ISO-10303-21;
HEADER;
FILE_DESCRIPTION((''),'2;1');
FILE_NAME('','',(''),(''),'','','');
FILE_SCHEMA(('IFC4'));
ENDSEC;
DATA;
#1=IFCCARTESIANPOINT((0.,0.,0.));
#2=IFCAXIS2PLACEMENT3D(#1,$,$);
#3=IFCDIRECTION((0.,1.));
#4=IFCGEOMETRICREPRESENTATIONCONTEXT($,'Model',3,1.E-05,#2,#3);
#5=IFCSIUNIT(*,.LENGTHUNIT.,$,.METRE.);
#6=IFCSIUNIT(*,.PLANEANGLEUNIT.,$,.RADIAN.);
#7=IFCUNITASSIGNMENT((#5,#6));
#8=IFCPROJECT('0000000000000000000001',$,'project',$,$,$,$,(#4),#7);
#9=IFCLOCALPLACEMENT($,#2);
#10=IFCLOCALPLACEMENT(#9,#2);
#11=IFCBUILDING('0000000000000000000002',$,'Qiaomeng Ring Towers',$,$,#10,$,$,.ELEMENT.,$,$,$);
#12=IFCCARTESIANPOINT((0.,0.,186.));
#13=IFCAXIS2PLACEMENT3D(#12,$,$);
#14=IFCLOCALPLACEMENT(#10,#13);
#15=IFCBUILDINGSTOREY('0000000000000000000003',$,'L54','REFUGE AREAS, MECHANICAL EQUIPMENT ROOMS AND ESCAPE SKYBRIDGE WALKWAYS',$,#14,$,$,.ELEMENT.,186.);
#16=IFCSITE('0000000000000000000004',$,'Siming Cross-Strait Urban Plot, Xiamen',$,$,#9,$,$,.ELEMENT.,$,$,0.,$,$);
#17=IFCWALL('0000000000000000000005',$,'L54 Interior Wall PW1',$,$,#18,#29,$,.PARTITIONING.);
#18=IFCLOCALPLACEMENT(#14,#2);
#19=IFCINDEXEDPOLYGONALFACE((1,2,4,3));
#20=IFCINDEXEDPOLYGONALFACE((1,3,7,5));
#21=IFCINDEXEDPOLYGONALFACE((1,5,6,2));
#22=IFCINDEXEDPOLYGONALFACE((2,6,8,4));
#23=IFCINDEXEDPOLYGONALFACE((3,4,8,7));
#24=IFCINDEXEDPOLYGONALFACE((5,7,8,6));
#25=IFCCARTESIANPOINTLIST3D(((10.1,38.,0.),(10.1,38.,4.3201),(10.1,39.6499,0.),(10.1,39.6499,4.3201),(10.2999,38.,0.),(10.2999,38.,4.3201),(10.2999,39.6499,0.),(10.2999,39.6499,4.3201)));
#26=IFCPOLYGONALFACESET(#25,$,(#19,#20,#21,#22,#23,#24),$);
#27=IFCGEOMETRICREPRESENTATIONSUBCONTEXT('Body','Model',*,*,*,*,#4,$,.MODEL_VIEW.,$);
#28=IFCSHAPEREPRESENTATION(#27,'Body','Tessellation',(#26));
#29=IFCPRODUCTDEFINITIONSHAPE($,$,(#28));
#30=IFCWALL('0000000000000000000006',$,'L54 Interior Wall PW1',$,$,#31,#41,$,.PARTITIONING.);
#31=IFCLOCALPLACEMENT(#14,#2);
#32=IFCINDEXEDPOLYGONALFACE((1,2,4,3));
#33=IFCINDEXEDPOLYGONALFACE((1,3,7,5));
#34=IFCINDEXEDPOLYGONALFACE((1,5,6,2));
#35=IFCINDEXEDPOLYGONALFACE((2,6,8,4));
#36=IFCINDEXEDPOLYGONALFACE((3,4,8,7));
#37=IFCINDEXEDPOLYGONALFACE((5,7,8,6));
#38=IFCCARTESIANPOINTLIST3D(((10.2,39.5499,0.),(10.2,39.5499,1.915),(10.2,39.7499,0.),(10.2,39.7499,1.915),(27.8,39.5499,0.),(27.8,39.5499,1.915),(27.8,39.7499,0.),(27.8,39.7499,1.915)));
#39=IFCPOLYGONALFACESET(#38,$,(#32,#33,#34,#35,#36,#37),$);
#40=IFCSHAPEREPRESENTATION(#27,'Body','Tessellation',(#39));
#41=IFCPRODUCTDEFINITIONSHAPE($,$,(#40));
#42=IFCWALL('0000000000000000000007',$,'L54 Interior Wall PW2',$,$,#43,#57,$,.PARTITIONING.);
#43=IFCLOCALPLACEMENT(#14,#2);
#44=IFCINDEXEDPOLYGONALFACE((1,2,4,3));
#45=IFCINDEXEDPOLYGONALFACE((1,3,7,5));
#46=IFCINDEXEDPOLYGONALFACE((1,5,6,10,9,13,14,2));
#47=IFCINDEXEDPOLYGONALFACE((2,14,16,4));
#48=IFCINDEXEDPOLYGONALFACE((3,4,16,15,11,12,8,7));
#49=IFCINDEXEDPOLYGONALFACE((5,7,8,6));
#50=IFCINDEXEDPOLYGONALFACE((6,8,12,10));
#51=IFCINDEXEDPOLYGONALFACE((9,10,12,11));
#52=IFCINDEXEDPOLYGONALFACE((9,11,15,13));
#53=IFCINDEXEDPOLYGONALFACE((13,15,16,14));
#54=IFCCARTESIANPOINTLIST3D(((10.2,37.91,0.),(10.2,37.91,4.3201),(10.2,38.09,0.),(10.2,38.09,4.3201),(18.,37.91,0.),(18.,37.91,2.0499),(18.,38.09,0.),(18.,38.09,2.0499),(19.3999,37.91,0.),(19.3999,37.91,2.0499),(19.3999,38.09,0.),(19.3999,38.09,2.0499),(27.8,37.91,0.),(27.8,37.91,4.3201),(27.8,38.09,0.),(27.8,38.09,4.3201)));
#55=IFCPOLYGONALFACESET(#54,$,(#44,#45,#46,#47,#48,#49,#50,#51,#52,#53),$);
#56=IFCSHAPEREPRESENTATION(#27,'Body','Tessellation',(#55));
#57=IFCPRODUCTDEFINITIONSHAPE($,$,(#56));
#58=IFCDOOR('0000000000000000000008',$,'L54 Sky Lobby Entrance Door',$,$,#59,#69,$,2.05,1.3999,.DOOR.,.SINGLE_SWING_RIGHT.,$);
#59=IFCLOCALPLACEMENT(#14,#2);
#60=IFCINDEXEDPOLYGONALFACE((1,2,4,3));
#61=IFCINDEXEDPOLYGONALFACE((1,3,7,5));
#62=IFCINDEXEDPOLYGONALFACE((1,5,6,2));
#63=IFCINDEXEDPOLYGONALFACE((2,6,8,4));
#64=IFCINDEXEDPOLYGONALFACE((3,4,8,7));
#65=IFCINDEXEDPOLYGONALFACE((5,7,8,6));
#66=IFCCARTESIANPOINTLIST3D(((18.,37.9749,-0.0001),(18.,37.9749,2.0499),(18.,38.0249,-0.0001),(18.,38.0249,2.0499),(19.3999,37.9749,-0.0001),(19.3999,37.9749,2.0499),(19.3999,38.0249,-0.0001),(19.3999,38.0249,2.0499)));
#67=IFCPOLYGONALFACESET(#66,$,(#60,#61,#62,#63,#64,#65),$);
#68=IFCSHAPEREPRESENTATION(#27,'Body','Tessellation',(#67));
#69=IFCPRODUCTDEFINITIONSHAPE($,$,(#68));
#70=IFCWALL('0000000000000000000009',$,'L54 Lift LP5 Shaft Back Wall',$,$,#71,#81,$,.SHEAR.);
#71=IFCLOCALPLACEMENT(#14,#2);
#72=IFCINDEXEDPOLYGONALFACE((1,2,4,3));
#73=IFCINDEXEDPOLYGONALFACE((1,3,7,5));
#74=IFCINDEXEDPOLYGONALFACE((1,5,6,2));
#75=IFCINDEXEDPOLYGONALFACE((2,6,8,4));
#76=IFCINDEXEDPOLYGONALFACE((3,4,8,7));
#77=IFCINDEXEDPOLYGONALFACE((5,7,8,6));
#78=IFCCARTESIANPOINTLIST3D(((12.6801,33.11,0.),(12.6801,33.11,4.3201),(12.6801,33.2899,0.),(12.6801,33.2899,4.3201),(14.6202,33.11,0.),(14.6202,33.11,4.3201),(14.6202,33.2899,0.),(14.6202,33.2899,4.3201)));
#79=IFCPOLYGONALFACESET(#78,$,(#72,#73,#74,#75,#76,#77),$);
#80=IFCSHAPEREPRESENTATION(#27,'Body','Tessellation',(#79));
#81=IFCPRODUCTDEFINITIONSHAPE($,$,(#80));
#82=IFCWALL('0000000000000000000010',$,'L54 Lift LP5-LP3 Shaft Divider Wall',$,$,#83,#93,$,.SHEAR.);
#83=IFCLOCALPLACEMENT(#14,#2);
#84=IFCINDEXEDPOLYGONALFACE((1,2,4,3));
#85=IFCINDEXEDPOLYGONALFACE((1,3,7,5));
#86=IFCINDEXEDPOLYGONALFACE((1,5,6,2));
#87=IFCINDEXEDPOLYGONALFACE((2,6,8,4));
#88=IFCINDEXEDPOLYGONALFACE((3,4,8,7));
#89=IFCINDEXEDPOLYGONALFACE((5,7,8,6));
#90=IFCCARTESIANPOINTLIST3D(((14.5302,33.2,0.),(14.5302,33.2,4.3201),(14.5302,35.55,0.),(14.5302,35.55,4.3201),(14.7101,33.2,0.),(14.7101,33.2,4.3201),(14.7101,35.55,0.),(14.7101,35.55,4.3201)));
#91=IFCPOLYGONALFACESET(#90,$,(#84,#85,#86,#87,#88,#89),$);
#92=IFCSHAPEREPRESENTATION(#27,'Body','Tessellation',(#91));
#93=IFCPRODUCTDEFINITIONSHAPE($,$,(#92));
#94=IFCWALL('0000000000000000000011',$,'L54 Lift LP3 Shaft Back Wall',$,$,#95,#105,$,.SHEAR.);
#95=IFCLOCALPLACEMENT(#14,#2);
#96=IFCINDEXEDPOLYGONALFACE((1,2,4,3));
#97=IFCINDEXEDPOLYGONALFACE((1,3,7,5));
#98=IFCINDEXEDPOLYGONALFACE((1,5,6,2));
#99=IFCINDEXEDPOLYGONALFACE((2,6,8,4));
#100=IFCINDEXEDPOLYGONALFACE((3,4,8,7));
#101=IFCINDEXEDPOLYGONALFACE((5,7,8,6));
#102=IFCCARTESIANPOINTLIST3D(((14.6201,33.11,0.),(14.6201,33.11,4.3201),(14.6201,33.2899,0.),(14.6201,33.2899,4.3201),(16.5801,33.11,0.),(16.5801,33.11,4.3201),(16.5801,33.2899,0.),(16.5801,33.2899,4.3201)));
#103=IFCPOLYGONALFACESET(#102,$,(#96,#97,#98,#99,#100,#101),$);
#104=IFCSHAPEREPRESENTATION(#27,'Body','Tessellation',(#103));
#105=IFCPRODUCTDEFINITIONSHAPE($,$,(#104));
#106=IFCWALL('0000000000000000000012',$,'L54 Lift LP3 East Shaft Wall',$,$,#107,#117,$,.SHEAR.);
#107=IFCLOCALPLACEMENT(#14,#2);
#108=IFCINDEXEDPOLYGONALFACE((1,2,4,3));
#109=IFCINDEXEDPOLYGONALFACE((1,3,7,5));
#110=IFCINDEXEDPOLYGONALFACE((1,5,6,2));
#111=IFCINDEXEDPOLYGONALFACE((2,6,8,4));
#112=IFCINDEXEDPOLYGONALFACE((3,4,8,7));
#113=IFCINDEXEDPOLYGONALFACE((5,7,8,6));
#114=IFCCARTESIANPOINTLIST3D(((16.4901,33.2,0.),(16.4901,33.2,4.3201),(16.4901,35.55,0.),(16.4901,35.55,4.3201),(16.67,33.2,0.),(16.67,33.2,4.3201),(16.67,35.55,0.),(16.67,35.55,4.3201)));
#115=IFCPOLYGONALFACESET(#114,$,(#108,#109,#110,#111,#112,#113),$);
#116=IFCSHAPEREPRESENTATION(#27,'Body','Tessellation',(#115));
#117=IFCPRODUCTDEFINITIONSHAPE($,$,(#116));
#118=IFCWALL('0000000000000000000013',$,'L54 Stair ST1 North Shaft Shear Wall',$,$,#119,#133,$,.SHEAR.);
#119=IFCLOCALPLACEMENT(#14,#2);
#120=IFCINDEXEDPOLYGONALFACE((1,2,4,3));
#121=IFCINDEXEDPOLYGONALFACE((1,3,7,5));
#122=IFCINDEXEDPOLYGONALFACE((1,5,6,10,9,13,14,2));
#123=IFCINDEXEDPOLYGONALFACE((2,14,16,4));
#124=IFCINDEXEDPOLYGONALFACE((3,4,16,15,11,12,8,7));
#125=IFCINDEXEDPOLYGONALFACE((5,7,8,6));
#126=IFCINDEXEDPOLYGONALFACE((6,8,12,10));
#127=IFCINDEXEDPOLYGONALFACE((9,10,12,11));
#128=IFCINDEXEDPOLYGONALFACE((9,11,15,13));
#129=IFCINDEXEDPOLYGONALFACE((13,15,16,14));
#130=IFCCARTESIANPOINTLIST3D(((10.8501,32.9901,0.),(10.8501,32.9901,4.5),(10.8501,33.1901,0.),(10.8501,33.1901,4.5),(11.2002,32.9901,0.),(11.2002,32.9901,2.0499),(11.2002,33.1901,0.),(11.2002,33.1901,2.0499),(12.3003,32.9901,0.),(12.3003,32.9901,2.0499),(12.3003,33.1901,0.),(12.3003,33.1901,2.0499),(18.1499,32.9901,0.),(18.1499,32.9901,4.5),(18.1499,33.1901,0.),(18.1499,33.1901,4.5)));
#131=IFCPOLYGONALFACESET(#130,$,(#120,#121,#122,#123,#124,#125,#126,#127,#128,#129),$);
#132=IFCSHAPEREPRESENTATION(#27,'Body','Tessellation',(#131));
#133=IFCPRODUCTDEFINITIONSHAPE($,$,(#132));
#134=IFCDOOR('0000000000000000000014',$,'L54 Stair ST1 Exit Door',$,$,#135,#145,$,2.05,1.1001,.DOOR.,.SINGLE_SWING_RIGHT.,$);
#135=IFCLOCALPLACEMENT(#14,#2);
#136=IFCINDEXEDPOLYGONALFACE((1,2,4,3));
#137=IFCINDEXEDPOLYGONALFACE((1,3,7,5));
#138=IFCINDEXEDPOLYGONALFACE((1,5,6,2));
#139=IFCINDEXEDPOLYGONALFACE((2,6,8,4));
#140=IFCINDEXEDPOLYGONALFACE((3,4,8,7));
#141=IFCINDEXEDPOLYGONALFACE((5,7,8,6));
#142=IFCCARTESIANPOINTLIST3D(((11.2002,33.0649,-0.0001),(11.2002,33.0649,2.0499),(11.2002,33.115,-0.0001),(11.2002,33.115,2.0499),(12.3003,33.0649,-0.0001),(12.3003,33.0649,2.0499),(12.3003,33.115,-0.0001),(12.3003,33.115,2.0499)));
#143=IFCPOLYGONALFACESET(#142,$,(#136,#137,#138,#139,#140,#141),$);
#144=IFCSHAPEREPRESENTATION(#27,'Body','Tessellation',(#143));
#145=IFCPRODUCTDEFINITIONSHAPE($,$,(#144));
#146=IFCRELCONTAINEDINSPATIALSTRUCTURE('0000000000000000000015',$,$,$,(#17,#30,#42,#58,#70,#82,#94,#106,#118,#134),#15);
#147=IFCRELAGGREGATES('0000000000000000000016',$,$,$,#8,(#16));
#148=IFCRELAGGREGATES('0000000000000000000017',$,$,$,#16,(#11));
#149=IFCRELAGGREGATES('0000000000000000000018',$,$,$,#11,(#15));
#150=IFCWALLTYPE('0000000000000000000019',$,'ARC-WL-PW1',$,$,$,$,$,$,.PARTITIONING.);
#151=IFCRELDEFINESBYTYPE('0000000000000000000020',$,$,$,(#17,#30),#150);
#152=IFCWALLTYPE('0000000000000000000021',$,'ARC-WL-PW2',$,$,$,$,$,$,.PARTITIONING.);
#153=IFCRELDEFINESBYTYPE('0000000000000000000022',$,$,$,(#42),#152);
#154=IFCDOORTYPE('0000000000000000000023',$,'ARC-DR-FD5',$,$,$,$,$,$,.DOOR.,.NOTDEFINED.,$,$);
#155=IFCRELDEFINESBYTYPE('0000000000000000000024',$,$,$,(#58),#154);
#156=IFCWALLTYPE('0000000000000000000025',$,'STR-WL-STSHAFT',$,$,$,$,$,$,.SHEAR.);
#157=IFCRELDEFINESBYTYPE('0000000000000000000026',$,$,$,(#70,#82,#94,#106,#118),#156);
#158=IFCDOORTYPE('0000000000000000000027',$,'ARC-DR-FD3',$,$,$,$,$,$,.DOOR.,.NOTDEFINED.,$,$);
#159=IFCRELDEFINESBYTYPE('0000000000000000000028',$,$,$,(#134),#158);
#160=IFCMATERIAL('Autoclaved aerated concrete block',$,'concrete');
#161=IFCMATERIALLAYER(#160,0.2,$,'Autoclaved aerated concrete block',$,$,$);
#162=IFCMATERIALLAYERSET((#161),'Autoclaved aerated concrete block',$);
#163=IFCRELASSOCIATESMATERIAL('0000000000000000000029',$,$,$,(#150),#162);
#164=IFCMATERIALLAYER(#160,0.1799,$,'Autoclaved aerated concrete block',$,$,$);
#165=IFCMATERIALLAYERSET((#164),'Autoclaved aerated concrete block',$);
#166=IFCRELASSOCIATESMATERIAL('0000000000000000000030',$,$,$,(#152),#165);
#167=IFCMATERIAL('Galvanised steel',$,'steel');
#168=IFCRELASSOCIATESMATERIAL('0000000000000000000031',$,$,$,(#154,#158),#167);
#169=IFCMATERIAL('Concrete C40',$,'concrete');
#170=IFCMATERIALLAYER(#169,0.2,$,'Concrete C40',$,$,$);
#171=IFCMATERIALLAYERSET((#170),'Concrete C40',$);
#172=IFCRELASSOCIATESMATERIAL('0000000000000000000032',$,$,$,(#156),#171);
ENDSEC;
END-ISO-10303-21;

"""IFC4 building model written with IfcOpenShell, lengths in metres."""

from ifc_helpers import new_model, si_unit, direction, frame, frame_2d, origin, place, context, subcontext, project, spatial, rectangle, extrude, source, transform, mapped, material, layer, layer_set, type_object, element, fill, save


model = new_model("IFC4")

# Units and contexts
model_context = context("Model", 3, precision=1e-05, world=origin(), true_north=direction((0.0, 1.0)))
body_context = subcontext(model_context, "Body", "Model", "MODEL_VIEW")
ifc_project = project(units=[si_unit("LENGTHUNIT", "METRE"), si_unit("PLANEANGLEUNIT", "RADIAN")], contexts=[model_context])

# Site, building, storey
site_placement = place(None, origin())
site = spatial("IfcSite", under=ifc_project, at=site_placement, Name="Siming Cross-Strait Urban Plot, Xiamen", CompositionType="ELEMENT", RefElevation=0.0)
building_placement = place(site_placement, origin())
building = spatial("IfcBuilding", under=site, at=building_placement, Name="Qiaomeng Ring Towers", CompositionType="ELEMENT")
storey_placement = place(building_placement, frame((0.0, 0.0, 186.0)))
storey = spatial("IfcBuildingStorey", under=building, at=storey_placement, Name="L54", Description="REFUGE AREAS, MECHANICAL EQUIPMENT ROOMS AND ESCAPE SKYBRIDGE WALKWAYS", CompositionType="ELEMENT", Elevation=186.0)

# Walls
ifc_material_1 = material(Name="Autoclaved aerated concrete block", Category="concrete")
ifc_layer_1 = layer(ifc_material_1, 0.2, Name="Autoclaved aerated concrete block")
ifc_layer_set_1 = layer_set([ifc_layer_1], Name="Autoclaved aerated concrete block")
wall_type_1 = type_object("IfcWallType", Name="ARC-WL-PW1", PredefinedType="PARTITIONING", material=ifc_layer_set_1)
wall_1_placement = place(storey_placement, frame((10.2, 38.0, 0.0), z_axis=(0.0, 0.0, 1.0), x_axis=(0.0, 1.0, 0.0)))
element("IfcWall", 1, at=wall_1_placement, inside=storey, type_object=wall_type_1, Name="L54 Interior Wall PW1", PredefinedType="PARTITIONING", context=body_context, shape_type="SweptSolid", body=[
    extrude(rectangle(XDim=1.6499, YDim=0.2, at=frame_2d((0.825, 0.0))), origin(), (0.0, 0.0, 1.0), 4.3201),
])
wall_2_placement = place(storey_placement, frame((10.2, 39.6499, 0.0), z_axis=(0.0, 0.0, 1.0), x_axis=(1.0, 0.0, 0.0)))
element("IfcWall", 2, at=wall_2_placement, inside=storey, type_object=wall_type_1, Name="L54 Interior Wall PW1", PredefinedType="PARTITIONING", context=body_context, shape_type="SweptSolid", body=[
    extrude(rectangle(XDim=17.6001, YDim=0.2, at=frame_2d((8.8, 0.0))), origin(), (0.0, 0.0, 1.0), 1.915),
])

# Wall, opening, door
ifc_layer_2 = layer(ifc_material_1, 0.1799, Name="Autoclaved aerated concrete block")
ifc_layer_set_2 = layer_set([ifc_layer_2], Name="Autoclaved aerated concrete block")
wall_type_2 = type_object("IfcWallType", Name="ARC-WL-PW2", PredefinedType="PARTITIONING", material=ifc_layer_set_2)
wall_3_placement = place(storey_placement, frame((10.2, 38.0, 0.0), z_axis=(0.0, 0.0, 1.0), x_axis=(1.0, 0.0, 0.0)))
wall_3 = element("IfcWall", 3, at=wall_3_placement, inside=storey, type_object=wall_type_2, Name="L54 Interior Wall PW2", PredefinedType="PARTITIONING", context=body_context, shape_type="SweptSolid", body=[
    extrude(rectangle(XDim=17.6001, YDim=0.1799, at=frame_2d((8.8, 0.0))), origin(), (0.0, 0.0, 1.0), 4.3201),
])
opening_1_placement = place(wall_3_placement, frame((7.8, 0.0, 0.0)))
opening_1 = element("IfcOpeningElement", 4, at=opening_1_placement, cuts=wall_3, PredefinedType="OPENING", context=body_context, shape_type="SweptSolid", body=[
    extrude(rectangle(XDim=1.3999, YDim=2.05, at=frame_2d((0.7, 1.0249))), frame((0.0, 0.0999, 0.0), z_axis=(0.0, -1.0, 0.0), x_axis=(1.0, 0.0, 0.0)), (0.0, 0.0, 1.0), 0.2),
])
ifc_material_2 = material(Name="Galvanised steel", Category="steel")
door_type_1 = type_object("IfcDoorType", Name="ARC-DR-FD5", OperationType="NOTDEFINED", PredefinedType="DOOR", material=ifc_material_2)
shared_shape_1 = source(origin(), body_context, "Body", "SweptSolid", [
    extrude(rectangle(XDim=1.3999, YDim=2.05, at=frame_2d((0.7, 1.0249))), frame((0.0, 0.0249, 0.0), z_axis=(0.0, -1.0, 0.0), x_axis=(1.0, 0.0, 0.0)), (0.0, 0.0, 1.0), 0.05),
])
door_1_placement = place(opening_1_placement, origin())
door_1 = element("IfcDoor", 5, at=door_1_placement, inside=storey, type_object=door_type_1, Name="L54 Sky Lobby Entrance Door", OperationType="SINGLE_SWING_RIGHT", OverallHeight=2.05, OverallWidth=1.3999, PredefinedType="DOOR", context=body_context, shape_type="MappedRepresentation", body=[
    mapped(shared_shape_1, transform((0.0, 0.0, 0.0), x_axis=(1.0, 0.0, 0.0), y_axis=(0.0, 1.0, 0.0), z_axis=(0.0, 0.0, 1.0), scale=1.0)),
])
fill(opening_1, door_1)

# Walls
ifc_material_3 = material(Name="Concrete C40", Category="concrete")
ifc_layer_3 = layer(ifc_material_3, 0.2, Name="Concrete C40")
ifc_layer_set_3 = layer_set([ifc_layer_3], Name="Concrete C40")
wall_type_3 = type_object("IfcWallType", Name="STR-WL-STSHAFT", PredefinedType="SHEAR", material=ifc_layer_set_3)
wall_4_placement = place(storey_placement, frame((12.6799, 33.2, 0.0), z_axis=(0.0, 0.0, 1.0), x_axis=(1.0, 0.0, 0.0)))
element("IfcWall", 6, at=wall_4_placement, inside=storey, type_object=wall_type_3, Name="L54 Lift LP5 Shaft Back Wall", PredefinedType="SHEAR", context=body_context, shape_type="SweptSolid", body=[
    extrude(rectangle(XDim=1.9402, YDim=0.1799, at=frame_2d((0.9702, 0.0))), origin(), (0.0, 0.0, 1.0), 4.3201),
])
wall_5_placement = place(storey_placement, frame((14.6201, 33.2, 0.0), z_axis=(0.0, 0.0, 1.0), x_axis=(0.0, 1.0, 0.0)))
element("IfcWall", 7, at=wall_5_placement, inside=storey, type_object=wall_type_3, Name="L54 Lift LP5-LP3 Shaft Divider Wall", PredefinedType="SHEAR", context=body_context, shape_type="SweptSolid", body=[
    extrude(rectangle(XDim=2.3501, YDim=0.1799, at=frame_2d((1.175, 0.0))), origin(), (0.0, 0.0, 1.0), 4.3201),
])
wall_6_placement = place(storey_placement, frame((14.6201, 33.2, 0.0), z_axis=(0.0, 0.0, 1.0), x_axis=(1.0, 0.0, 0.0)))
element("IfcWall", 8, at=wall_6_placement, inside=storey, type_object=wall_type_3, Name="L54 Lift LP3 Shaft Back Wall", PredefinedType="SHEAR", context=body_context, shape_type="SweptSolid", body=[
    extrude(rectangle(XDim=1.96, YDim=0.1799, at=frame_2d((0.98, 0.0))), origin(), (0.0, 0.0, 1.0), 4.3201),
])
wall_7_placement = place(storey_placement, frame((16.5801, 33.2, 0.0), z_axis=(0.0, 0.0, 1.0), x_axis=(0.0, 1.0, 0.0)))
element("IfcWall", 9, at=wall_7_placement, inside=storey, type_object=wall_type_3, Name="L54 Lift LP3 East Shaft Wall", PredefinedType="SHEAR", context=body_context, shape_type="SweptSolid", body=[
    extrude(rectangle(XDim=2.3501, YDim=0.1799, at=frame_2d((1.175, 0.0))), origin(), (0.0, 0.0, 1.0), 4.3201),
])

# Wall, opening, door
wall_8_placement = place(storey_placement, frame((10.8501, 33.0901, 0.0), z_axis=(0.0, 0.0, 1.0), x_axis=(1.0, 0.0, 0.0)))
wall_8 = element("IfcWall", 10, at=wall_8_placement, inside=storey, type_object=wall_type_3, Name="L54 Stair ST1 North Shaft Shear Wall", PredefinedType="SHEAR", context=body_context, shape_type="SweptSolid", body=[
    extrude(rectangle(XDim=7.2998, YDim=0.2, at=frame_2d((3.6499, 0.0))), origin(), (0.0, 0.0, 1.0), 4.5),
])
opening_2_placement = place(wall_8_placement, frame((0.3501, 0.0, 0.0)))
opening_2 = element("IfcOpeningElement", 11, at=opening_2_placement, cuts=wall_8, PredefinedType="OPENING", context=body_context, shape_type="SweptSolid", body=[
    extrude(rectangle(XDim=1.1001, YDim=2.05, at=frame_2d((0.55, 1.0249))), frame((0.0, 0.1099, 0.0), z_axis=(0.0, -1.0, 0.0), x_axis=(1.0, 0.0, 0.0)), (0.0, 0.0, 1.0), 0.22),
])
door_type_2 = type_object("IfcDoorType", Name="ARC-DR-FD3", OperationType="NOTDEFINED", PredefinedType="DOOR", material=ifc_material_2)
shared_shape_2 = source(origin(), body_context, "Body", "SweptSolid", [
    extrude(rectangle(XDim=1.1001, YDim=2.05, at=frame_2d((0.55, 1.0249))), frame((0.0, 0.0249, 0.0), z_axis=(0.0, -1.0, 0.0), x_axis=(1.0, 0.0, 0.0)), (0.0, 0.0, 1.0), 0.05),
])
door_2_placement = place(opening_2_placement, origin())
door_2 = element("IfcDoor", 12, at=door_2_placement, inside=storey, type_object=door_type_2, Name="L54 Stair ST1 Exit Door", OperationType="SINGLE_SWING_RIGHT", OverallHeight=2.05, OverallWidth=1.1001, PredefinedType="DOOR", context=body_context, shape_type="MappedRepresentation", body=[
    mapped(shared_shape_2, transform((0.0, 0.0, 0.0), x_axis=(1.0, 0.0, 0.0), y_axis=(0.0, 1.0, 0.0), z_axis=(0.0, 0.0, 1.0), scale=1.0)),
])
fill(opening_2, door_2)

save(model, "model.ifc")
